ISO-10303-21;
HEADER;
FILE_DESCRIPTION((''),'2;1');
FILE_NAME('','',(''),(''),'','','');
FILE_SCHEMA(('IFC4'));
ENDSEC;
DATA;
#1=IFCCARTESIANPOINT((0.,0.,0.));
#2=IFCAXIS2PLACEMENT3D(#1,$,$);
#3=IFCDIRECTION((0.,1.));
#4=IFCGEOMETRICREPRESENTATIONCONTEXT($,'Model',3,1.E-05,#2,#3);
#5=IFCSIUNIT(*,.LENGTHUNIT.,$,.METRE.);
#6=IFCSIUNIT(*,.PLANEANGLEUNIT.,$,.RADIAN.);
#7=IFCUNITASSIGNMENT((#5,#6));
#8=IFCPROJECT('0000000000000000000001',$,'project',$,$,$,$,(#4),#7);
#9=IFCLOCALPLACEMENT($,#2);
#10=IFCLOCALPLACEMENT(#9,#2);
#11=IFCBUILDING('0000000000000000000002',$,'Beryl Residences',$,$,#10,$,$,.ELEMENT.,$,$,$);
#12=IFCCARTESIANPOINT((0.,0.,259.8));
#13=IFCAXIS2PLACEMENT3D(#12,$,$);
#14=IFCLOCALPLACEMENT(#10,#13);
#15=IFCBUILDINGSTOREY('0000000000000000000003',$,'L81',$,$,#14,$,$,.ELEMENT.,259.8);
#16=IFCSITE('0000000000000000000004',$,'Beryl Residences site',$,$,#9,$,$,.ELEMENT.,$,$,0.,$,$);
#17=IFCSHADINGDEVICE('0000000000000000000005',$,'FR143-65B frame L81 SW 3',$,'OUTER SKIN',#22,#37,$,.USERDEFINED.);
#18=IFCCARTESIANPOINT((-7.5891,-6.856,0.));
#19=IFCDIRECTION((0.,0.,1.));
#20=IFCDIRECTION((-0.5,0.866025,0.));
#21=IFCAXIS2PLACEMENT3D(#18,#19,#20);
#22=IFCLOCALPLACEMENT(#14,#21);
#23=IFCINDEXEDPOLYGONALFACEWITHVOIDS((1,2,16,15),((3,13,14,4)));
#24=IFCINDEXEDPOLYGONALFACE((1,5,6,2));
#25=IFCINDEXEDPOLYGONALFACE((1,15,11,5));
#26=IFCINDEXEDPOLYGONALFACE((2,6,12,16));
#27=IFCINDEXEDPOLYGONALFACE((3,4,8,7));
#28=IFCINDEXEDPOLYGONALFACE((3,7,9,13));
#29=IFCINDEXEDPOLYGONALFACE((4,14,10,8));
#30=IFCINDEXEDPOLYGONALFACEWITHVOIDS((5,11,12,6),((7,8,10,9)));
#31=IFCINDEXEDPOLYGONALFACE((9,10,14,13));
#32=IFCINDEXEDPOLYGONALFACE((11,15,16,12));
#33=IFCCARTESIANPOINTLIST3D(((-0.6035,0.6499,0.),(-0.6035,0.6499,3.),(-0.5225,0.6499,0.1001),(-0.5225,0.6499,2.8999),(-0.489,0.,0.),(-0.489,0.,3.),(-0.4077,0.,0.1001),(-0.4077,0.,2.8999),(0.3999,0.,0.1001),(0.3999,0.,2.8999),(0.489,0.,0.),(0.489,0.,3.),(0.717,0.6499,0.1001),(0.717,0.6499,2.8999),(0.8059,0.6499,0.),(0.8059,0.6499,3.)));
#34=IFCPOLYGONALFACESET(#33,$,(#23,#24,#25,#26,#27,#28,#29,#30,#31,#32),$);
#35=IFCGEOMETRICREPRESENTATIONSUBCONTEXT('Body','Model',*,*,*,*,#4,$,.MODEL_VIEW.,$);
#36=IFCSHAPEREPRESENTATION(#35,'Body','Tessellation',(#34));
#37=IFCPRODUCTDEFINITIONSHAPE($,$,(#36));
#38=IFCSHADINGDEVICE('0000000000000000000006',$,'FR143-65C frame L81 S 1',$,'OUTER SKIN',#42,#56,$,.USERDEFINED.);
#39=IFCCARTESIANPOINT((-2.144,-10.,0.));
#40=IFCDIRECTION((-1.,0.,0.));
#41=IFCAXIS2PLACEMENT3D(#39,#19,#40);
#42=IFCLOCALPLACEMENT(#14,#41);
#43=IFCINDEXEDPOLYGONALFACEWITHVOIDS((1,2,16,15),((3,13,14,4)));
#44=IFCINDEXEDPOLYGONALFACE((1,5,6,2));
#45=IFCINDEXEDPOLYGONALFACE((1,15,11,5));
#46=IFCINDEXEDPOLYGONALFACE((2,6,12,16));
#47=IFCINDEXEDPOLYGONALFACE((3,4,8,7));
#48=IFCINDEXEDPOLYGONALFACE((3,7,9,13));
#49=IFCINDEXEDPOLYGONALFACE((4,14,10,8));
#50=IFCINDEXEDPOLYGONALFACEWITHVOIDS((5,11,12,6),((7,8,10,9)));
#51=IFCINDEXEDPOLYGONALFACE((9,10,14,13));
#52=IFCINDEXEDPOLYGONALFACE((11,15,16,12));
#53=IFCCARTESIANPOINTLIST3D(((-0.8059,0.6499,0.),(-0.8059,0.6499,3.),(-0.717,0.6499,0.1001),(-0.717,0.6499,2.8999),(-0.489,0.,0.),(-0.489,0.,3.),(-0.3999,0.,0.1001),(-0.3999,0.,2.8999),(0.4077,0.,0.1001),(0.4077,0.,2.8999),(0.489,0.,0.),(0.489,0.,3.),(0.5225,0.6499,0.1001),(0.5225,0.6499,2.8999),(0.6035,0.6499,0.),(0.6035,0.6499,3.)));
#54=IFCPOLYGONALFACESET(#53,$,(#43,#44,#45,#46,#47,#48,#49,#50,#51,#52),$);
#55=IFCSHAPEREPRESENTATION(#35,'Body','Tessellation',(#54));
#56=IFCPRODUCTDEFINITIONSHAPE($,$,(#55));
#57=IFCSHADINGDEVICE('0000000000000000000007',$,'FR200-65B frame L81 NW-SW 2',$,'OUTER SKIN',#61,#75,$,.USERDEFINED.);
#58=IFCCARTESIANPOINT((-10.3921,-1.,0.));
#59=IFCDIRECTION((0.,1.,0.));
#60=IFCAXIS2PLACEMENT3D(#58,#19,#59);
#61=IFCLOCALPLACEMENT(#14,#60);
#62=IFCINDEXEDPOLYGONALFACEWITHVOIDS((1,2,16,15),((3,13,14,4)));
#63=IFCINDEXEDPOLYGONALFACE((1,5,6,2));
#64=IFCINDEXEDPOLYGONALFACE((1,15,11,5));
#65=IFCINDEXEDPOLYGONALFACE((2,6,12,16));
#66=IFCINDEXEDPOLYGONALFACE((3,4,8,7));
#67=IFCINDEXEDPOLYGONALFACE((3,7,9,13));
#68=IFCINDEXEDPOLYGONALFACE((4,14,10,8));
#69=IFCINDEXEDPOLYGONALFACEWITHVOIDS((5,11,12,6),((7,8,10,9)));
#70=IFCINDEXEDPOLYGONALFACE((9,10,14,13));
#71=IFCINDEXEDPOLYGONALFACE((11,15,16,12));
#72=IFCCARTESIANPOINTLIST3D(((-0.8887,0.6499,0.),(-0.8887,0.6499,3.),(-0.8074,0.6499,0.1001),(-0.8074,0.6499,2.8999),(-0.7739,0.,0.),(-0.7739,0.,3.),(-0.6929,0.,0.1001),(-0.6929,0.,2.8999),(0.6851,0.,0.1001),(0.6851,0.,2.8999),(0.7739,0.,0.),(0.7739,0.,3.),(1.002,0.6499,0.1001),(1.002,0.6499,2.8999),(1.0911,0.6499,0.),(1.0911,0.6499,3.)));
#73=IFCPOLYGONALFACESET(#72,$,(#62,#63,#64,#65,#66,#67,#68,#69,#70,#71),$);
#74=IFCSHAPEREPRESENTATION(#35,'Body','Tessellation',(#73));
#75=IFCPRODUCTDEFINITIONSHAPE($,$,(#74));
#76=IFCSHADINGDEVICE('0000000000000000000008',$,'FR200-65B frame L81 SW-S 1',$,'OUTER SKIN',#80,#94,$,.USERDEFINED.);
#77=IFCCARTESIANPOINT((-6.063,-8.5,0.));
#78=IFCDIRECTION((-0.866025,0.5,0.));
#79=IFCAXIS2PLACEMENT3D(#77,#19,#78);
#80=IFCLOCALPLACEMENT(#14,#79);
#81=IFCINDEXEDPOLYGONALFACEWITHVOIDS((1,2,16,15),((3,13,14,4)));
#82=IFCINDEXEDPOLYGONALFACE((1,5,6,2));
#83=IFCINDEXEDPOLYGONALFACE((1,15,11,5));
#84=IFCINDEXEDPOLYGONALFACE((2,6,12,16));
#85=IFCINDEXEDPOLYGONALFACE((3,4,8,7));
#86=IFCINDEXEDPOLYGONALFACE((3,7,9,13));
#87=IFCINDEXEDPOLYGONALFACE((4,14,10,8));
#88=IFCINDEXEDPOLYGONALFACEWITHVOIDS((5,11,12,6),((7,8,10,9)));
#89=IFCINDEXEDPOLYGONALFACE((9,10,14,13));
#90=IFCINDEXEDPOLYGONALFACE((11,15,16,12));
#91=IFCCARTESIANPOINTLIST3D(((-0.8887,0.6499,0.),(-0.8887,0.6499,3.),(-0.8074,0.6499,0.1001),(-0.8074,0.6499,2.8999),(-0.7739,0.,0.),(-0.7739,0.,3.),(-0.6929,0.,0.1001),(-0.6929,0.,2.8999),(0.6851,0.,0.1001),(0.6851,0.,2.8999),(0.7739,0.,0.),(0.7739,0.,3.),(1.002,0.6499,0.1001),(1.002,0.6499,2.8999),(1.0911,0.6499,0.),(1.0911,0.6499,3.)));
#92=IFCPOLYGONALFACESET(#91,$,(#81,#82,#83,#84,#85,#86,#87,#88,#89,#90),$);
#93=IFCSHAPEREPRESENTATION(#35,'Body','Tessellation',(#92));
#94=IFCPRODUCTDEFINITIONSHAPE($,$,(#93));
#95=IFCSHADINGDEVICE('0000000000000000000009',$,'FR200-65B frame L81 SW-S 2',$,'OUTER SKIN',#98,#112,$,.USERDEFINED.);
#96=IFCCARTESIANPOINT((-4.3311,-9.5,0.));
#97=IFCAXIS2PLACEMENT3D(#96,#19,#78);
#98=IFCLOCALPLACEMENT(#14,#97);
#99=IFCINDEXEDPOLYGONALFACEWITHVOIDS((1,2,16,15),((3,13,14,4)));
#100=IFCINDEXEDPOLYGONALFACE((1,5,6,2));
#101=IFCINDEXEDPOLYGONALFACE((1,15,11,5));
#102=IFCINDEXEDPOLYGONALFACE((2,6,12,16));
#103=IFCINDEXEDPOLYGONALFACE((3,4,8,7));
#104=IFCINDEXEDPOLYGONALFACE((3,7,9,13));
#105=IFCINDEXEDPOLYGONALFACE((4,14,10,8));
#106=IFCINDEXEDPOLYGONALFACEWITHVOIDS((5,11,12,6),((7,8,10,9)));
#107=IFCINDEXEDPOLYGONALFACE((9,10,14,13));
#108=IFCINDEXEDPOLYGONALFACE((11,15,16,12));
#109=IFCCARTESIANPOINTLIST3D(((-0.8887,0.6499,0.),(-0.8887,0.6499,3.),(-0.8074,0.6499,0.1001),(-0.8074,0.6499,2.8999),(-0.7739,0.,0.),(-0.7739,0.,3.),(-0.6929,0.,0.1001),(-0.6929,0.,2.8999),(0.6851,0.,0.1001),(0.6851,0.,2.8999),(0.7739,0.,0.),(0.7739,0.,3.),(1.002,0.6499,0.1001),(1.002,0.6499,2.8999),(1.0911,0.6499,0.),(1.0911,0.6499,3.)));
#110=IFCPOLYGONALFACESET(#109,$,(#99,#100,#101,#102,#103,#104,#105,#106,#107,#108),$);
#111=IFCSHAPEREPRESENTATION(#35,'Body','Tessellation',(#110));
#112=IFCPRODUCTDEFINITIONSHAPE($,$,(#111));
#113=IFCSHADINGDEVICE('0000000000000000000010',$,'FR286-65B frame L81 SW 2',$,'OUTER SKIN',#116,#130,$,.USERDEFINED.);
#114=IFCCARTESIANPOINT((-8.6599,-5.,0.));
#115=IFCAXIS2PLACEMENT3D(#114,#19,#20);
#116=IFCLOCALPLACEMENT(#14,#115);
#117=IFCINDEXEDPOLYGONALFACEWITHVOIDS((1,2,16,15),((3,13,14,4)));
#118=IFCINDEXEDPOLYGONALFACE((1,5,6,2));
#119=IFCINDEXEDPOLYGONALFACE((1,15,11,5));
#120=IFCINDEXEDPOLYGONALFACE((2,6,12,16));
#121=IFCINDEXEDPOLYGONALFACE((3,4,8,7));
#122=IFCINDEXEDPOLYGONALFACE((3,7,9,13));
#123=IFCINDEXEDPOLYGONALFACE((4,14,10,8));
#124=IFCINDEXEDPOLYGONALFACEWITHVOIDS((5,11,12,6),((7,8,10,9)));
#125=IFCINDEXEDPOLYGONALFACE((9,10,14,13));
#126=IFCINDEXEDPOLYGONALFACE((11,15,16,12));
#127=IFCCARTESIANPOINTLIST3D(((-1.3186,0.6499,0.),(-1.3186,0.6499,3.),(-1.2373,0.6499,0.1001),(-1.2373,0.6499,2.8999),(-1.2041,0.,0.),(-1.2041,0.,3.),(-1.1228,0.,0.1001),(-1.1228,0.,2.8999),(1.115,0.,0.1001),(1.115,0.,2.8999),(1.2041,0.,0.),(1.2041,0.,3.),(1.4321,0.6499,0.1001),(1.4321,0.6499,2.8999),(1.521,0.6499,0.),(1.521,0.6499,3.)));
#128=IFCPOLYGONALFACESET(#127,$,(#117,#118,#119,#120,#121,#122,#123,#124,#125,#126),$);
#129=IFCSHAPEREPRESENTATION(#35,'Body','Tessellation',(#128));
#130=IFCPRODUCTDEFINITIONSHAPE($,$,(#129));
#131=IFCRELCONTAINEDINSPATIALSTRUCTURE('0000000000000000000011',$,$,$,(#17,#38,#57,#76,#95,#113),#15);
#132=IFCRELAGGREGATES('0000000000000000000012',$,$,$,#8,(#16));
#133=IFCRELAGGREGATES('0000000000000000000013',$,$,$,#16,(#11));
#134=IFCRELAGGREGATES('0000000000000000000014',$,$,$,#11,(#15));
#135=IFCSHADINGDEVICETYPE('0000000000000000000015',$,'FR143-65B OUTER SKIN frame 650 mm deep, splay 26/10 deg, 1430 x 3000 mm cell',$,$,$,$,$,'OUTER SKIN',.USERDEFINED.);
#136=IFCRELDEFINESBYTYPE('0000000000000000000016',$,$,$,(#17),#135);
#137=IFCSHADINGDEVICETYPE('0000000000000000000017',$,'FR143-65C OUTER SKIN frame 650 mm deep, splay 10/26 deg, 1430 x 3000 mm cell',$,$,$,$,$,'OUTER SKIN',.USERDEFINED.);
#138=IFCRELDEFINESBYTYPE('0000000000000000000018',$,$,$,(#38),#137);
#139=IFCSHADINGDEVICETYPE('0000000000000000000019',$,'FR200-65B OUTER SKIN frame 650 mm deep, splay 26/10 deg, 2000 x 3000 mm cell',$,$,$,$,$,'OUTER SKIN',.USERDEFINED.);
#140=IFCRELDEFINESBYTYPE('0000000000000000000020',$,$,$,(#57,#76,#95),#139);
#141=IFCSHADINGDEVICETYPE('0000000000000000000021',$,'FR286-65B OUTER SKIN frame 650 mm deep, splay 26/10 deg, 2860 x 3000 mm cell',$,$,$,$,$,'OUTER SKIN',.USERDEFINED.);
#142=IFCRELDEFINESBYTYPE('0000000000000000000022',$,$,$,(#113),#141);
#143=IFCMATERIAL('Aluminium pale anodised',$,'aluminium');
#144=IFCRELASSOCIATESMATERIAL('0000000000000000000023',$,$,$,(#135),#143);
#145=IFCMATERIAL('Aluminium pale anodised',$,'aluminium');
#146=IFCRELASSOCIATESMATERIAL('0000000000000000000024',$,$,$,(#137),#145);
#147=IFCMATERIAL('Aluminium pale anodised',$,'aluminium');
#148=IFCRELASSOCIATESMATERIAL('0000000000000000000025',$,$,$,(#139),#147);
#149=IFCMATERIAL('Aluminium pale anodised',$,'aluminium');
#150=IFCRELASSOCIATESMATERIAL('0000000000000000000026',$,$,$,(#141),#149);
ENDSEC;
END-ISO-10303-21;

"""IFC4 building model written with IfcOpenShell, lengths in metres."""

from ifc_helpers import new_model, entity, si_unit, direction, frame, origin, place, context, subcontext, project, spatial, source, transform, mapped, material, type_object, type_shapes, element, save


model = new_model("IFC4")

# Units and contexts
model_context = context("Model", 3, precision=1e-05, world=origin(), true_north=direction((0.0, 1.0)))
body_context = subcontext(model_context, "Body", "Model", "MODEL_VIEW")
ifc_project = project(units=[si_unit("LENGTHUNIT", "METRE"), si_unit("PLANEANGLEUNIT", "RADIAN")], contexts=[model_context])

# Site, building, storey
site_placement = place(None, origin())
site = spatial("IfcSite", under=ifc_project, at=site_placement, Name="Beryl Residences site", CompositionType="ELEMENT", RefElevation=0.0)
building_placement = place(site_placement, origin())
building = spatial("IfcBuilding", under=site, at=building_placement, Name="Beryl Residences", CompositionType="ELEMENT")
storey_placement = place(building_placement, frame((0.0, 0.0, 259.8)))
storey = spatial("IfcBuildingStorey", under=building, at=storey_placement, Name="L81", CompositionType="ELEMENT", Elevation=259.8)

# Shading devices
ifc_material_1 = material(Name="Aluminium pale anodised", Category="aluminium")
shading_device_type_1 = type_object("IfcShadingDeviceType", Name="FR143-65B OUTER SKIN frame 650 mm deep, splay 26/10 deg, 1430 x 3000 mm cell", ElementType="OUTER SKIN", PredefinedType="USERDEFINED", material=ifc_material_1)
cartesian_point_1 = entity("IfcCartesianPoint", [-0.489, 0.0])
cartesian_point_2 = entity("IfcCartesianPoint", [-0.3999, 0.1001])
cartesian_point_3 = entity("IfcCartesianPoint", [-0.8059, 0.0])
cartesian_point_4 = entity("IfcCartesianPoint", [-0.717, 0.1001])
shared_shape_1 = source(origin(), body_context, "Body", "SweptSolid", [
    entity("IfcExtrudedAreaSolidTapered", entity("IfcArbitraryProfileDefWithVoids", "AREA", None, entity("IfcPolyline", [cartesian_point_1, entity("IfcCartesianPoint", [0.489, 0.0]), entity("IfcCartesianPoint", [0.489, 3.0]), entity("IfcCartesianPoint", [-0.489, 3.0]), cartesian_point_1]), [entity("IfcPolyline", [cartesian_point_2, entity("IfcCartesianPoint", [0.4077, 0.1001]), entity("IfcCartesianPoint", [0.4077, 2.8999]), entity("IfcCartesianPoint", [-0.3999, 2.8999]), cartesian_point_2])]), entity("IfcAxis2Placement3D", entity("IfcCartesianPoint", [0.0, 0.0, 0.0]), entity("IfcDirection", [0.0, 1.0, 0.0]), entity("IfcDirection", [-1.0, 0.0, 0.0])), entity("IfcDirection", [0.0, 0.0, 1.0]), 0.6499, entity("IfcArbitraryProfileDefWithVoids", "AREA", None, entity("IfcPolyline", [cartesian_point_3, entity("IfcCartesianPoint", [0.6035, 0.0]), entity("IfcCartesianPoint", [0.6035, 3.0]), entity("IfcCartesianPoint", [-0.8059, 3.0]), cartesian_point_3]), [entity("IfcPolyline", [cartesian_point_4, entity("IfcCartesianPoint", [0.5225, 0.1001]), entity("IfcCartesianPoint", [0.5225, 2.8999]), entity("IfcCartesianPoint", [-0.717, 2.8999]), cartesian_point_4])])),
])
type_shapes(shading_device_type_1, [shared_shape_1])
for number, where, z_axis, x_axis, name in (
    (1, (-7.5891, -6.856, 0.0), (0.0, 0.0, 1.0), (-0.5, 0.866025, 0.0), "FR143-65B frame L81 SW 3"),
):
    element("IfcShadingDevice", number, at=place(storey_placement, frame(where, z_axis=z_axis, x_axis=x_axis)), inside=storey, type_object=shading_device_type_1, Name=name, ObjectType="OUTER SKIN", PredefinedType="USERDEFINED", context=body_context, shape_type="MappedRepresentation", body=[
        mapped(shared_shape_1, transform((0.0, 0.0, 0.0))),
    ])
ifc_material_2 = material(Name="Aluminium pale anodised", Category="aluminium")
shading_device_type_2 = type_object("IfcShadingDeviceType", Name="FR143-65C OUTER SKIN frame 650 mm deep, splay 10/26 deg, 1430 x 3000 mm cell", ElementType="OUTER SKIN", PredefinedType="USERDEFINED", material=ifc_material_2)
cartesian_point_5 = entity("IfcCartesianPoint", [-0.489, 0.0])
cartesian_point_6 = entity("IfcCartesianPoint", [-0.4077, 0.1001])
cartesian_point_7 = entity("IfcCartesianPoint", [-0.6035, 0.0])
cartesian_point_8 = entity("IfcCartesianPoint", [-0.5225, 0.1001])
shared_shape_2 = source(origin(), body_context, "Body", "SweptSolid", [
    entity("IfcExtrudedAreaSolidTapered", entity("IfcArbitraryProfileDefWithVoids", "AREA", None, entity("IfcPolyline", [cartesian_point_5, entity("IfcCartesianPoint", [0.489, 0.0]), entity("IfcCartesianPoint", [0.489, 3.0]), entity("IfcCartesianPoint", [-0.489, 3.0]), cartesian_point_5]), [entity("IfcPolyline", [cartesian_point_6, entity("IfcCartesianPoint", [0.3999, 0.1001]), entity("IfcCartesianPoint", [0.3999, 2.8999]), entity("IfcCartesianPoint", [-0.4077, 2.8999]), cartesian_point_6])]), entity("IfcAxis2Placement3D", entity("IfcCartesianPoint", [0.0, 0.0, 0.0]), entity("IfcDirection", [0.0, 1.0, 0.0]), entity("IfcDirection", [-1.0, 0.0, 0.0])), entity("IfcDirection", [0.0, 0.0, 1.0]), 0.6499, entity("IfcArbitraryProfileDefWithVoids", "AREA", None, entity("IfcPolyline", [cartesian_point_7, entity("IfcCartesianPoint", [0.8059, 0.0]), entity("IfcCartesianPoint", [0.8059, 3.0]), entity("IfcCartesianPoint", [-0.6035, 3.0]), cartesian_point_7]), [entity("IfcPolyline", [cartesian_point_8, entity("IfcCartesianPoint", [0.717, 0.1001]), entity("IfcCartesianPoint", [0.717, 2.8999]), entity("IfcCartesianPoint", [-0.5225, 2.8999]), cartesian_point_8])])),
])
type_shapes(shading_device_type_2, [shared_shape_2])
shading_device_1_placement = place(storey_placement, frame((-2.144, -10.0, 0.0), z_axis=(0.0, 0.0, 1.0), x_axis=(-1.0, 0.0, 0.0)))
element("IfcShadingDevice", 2, at=shading_device_1_placement, inside=storey, type_object=shading_device_type_2, Name="FR143-65C frame L81 S 1", ObjectType="OUTER SKIN", PredefinedType="USERDEFINED", context=body_context, shape_type="MappedRepresentation", body=[
    mapped(shared_shape_2, transform((0.0, 0.0, 0.0))),
])
ifc_material_3 = material(Name="Aluminium pale anodised", Category="aluminium")
shading_device_type_3 = type_object("IfcShadingDeviceType", Name="FR200-65B OUTER SKIN frame 650 mm deep, splay 26/10 deg, 2000 x 3000 mm cell", ElementType="OUTER SKIN", PredefinedType="USERDEFINED", material=ifc_material_3)
cartesian_point_9 = entity("IfcCartesianPoint", [-0.7739, 0.0])
cartesian_point_10 = entity("IfcCartesianPoint", [-0.6851, 0.1001])
cartesian_point_11 = entity("IfcCartesianPoint", [-1.0911, 0.0])
cartesian_point_12 = entity("IfcCartesianPoint", [-1.002, 0.1001])
shared_shape_3 = source(origin(), body_context, "Body", "SweptSolid", [
    entity("IfcExtrudedAreaSolidTapered", entity("IfcArbitraryProfileDefWithVoids", "AREA", None, entity("IfcPolyline", [cartesian_point_9, entity("IfcCartesianPoint", [0.7739, 0.0]), entity("IfcCartesianPoint", [0.7739, 3.0]), entity("IfcCartesianPoint", [-0.7739, 3.0]), cartesian_point_9]), [entity("IfcPolyline", [cartesian_point_10, entity("IfcCartesianPoint", [0.6929, 0.1001]), entity("IfcCartesianPoint", [0.6929, 2.8999]), entity("IfcCartesianPoint", [-0.6851, 2.8999]), cartesian_point_10])]), entity("IfcAxis2Placement3D", entity("IfcCartesianPoint", [0.0, 0.0, 0.0]), entity("IfcDirection", [0.0, 1.0, 0.0]), entity("IfcDirection", [-1.0, 0.0, 0.0])), entity("IfcDirection", [0.0, 0.0, 1.0]), 0.6499, entity("IfcArbitraryProfileDefWithVoids", "AREA", None, entity("IfcPolyline", [cartesian_point_11, entity("IfcCartesianPoint", [0.8887, 0.0]), entity("IfcCartesianPoint", [0.8887, 3.0]), entity("IfcCartesianPoint", [-1.0911, 3.0]), cartesian_point_11]), [entity("IfcPolyline", [cartesian_point_12, entity("IfcCartesianPoint", [0.8074, 0.1001]), entity("IfcCartesianPoint", [0.8074, 2.8999]), entity("IfcCartesianPoint", [-1.002, 2.8999]), cartesian_point_12])])),
])
type_shapes(shading_device_type_3, [shared_shape_3])
for number, where, z_axis, x_axis, name in (
    (3, (-10.3921, -1.0, 0.0), (0.0, 0.0, 1.0), (0.0, 1.0, 0.0), "FR200-65B frame L81 NW-SW 2"),
    (4, (-6.063, -8.5, 0.0), (0.0, 0.0, 1.0), (-0.866025, 0.5, 0.0), "FR200-65B frame L81 SW-S 1"),
    (5, (-4.3311, -9.5, 0.0), (0.0, 0.0, 1.0), (-0.866025, 0.5, 0.0), "FR200-65B frame L81 SW-S 2"),
):
    element("IfcShadingDevice", number, at=place(storey_placement, frame(where, z_axis=z_axis, x_axis=x_axis)), inside=storey, type_object=shading_device_type_3, Name=name, ObjectType="OUTER SKIN", PredefinedType="USERDEFINED", context=body_context, shape_type="MappedRepresentation", body=[
        mapped(shared_shape_3, transform((0.0, 0.0, 0.0))),
    ])
ifc_material_4 = material(Name="Aluminium pale anodised", Category="aluminium")
shading_device_type_4 = type_object("IfcShadingDeviceType", Name="FR286-65B OUTER SKIN frame 650 mm deep, splay 26/10 deg, 2860 x 3000 mm cell", ElementType="OUTER SKIN", PredefinedType="USERDEFINED", material=ifc_material_4)
cartesian_point_13 = entity("IfcCartesianPoint", [-1.2041, 0.0])
cartesian_point_14 = entity("IfcCartesianPoint", [-1.115, 0.1001])
cartesian_point_15 = entity("IfcCartesianPoint", [-1.521, 0.0])
cartesian_point_16 = entity("IfcCartesianPoint", [-1.4321, 0.1001])
shared_shape_4 = source(origin(), body_context, "Body", "SweptSolid", [
    entity("IfcExtrudedAreaSolidTapered", entity("IfcArbitraryProfileDefWithVoids", "AREA", None, entity("IfcPolyline", [cartesian_point_13, entity("IfcCartesianPoint", [1.2041, 0.0]), entity("IfcCartesianPoint", [1.2041, 3.0]), entity("IfcCartesianPoint", [-1.2041, 3.0]), cartesian_point_13]), [entity("IfcPolyline", [cartesian_point_14, entity("IfcCartesianPoint", [1.1228, 0.1001]), entity("IfcCartesianPoint", [1.1228, 2.8999]), entity("IfcCartesianPoint", [-1.115, 2.8999]), cartesian_point_14])]), entity("IfcAxis2Placement3D", entity("IfcCartesianPoint", [0.0, 0.0, 0.0]), entity("IfcDirection", [0.0, 1.0, 0.0]), entity("IfcDirection", [-1.0, 0.0, 0.0])), entity("IfcDirection", [0.0, 0.0, 1.0]), 0.6499, entity("IfcArbitraryProfileDefWithVoids", "AREA", None, entity("IfcPolyline", [cartesian_point_15, entity("IfcCartesianPoint", [1.3186, 0.0]), entity("IfcCartesianPoint", [1.3186, 3.0]), entity("IfcCartesianPoint", [-1.521, 3.0]), cartesian_point_15]), [entity("IfcPolyline", [cartesian_point_16, entity("IfcCartesianPoint", [1.2373, 0.1001]), entity("IfcCartesianPoint", [1.2373, 2.8999]), entity("IfcCartesianPoint", [-1.4321, 2.8999]), cartesian_point_16])])),
])
type_shapes(shading_device_type_4, [shared_shape_4])
shading_device_2_placement = place(storey_placement, frame((-8.6599, -5.0, 0.0), z_axis=(0.0, 0.0, 1.0), x_axis=(-0.5, 0.866025, 0.0)))
element("IfcShadingDevice", 6, at=shading_device_2_placement, inside=storey, type_object=shading_device_type_4, Name="FR286-65B frame L81 SW 2", ObjectType="OUTER SKIN", PredefinedType="USERDEFINED", context=body_context, shape_type="MappedRepresentation", body=[
    mapped(shared_shape_4, transform((0.0, 0.0, 0.0))),
])

save(model, "model.ifc")
